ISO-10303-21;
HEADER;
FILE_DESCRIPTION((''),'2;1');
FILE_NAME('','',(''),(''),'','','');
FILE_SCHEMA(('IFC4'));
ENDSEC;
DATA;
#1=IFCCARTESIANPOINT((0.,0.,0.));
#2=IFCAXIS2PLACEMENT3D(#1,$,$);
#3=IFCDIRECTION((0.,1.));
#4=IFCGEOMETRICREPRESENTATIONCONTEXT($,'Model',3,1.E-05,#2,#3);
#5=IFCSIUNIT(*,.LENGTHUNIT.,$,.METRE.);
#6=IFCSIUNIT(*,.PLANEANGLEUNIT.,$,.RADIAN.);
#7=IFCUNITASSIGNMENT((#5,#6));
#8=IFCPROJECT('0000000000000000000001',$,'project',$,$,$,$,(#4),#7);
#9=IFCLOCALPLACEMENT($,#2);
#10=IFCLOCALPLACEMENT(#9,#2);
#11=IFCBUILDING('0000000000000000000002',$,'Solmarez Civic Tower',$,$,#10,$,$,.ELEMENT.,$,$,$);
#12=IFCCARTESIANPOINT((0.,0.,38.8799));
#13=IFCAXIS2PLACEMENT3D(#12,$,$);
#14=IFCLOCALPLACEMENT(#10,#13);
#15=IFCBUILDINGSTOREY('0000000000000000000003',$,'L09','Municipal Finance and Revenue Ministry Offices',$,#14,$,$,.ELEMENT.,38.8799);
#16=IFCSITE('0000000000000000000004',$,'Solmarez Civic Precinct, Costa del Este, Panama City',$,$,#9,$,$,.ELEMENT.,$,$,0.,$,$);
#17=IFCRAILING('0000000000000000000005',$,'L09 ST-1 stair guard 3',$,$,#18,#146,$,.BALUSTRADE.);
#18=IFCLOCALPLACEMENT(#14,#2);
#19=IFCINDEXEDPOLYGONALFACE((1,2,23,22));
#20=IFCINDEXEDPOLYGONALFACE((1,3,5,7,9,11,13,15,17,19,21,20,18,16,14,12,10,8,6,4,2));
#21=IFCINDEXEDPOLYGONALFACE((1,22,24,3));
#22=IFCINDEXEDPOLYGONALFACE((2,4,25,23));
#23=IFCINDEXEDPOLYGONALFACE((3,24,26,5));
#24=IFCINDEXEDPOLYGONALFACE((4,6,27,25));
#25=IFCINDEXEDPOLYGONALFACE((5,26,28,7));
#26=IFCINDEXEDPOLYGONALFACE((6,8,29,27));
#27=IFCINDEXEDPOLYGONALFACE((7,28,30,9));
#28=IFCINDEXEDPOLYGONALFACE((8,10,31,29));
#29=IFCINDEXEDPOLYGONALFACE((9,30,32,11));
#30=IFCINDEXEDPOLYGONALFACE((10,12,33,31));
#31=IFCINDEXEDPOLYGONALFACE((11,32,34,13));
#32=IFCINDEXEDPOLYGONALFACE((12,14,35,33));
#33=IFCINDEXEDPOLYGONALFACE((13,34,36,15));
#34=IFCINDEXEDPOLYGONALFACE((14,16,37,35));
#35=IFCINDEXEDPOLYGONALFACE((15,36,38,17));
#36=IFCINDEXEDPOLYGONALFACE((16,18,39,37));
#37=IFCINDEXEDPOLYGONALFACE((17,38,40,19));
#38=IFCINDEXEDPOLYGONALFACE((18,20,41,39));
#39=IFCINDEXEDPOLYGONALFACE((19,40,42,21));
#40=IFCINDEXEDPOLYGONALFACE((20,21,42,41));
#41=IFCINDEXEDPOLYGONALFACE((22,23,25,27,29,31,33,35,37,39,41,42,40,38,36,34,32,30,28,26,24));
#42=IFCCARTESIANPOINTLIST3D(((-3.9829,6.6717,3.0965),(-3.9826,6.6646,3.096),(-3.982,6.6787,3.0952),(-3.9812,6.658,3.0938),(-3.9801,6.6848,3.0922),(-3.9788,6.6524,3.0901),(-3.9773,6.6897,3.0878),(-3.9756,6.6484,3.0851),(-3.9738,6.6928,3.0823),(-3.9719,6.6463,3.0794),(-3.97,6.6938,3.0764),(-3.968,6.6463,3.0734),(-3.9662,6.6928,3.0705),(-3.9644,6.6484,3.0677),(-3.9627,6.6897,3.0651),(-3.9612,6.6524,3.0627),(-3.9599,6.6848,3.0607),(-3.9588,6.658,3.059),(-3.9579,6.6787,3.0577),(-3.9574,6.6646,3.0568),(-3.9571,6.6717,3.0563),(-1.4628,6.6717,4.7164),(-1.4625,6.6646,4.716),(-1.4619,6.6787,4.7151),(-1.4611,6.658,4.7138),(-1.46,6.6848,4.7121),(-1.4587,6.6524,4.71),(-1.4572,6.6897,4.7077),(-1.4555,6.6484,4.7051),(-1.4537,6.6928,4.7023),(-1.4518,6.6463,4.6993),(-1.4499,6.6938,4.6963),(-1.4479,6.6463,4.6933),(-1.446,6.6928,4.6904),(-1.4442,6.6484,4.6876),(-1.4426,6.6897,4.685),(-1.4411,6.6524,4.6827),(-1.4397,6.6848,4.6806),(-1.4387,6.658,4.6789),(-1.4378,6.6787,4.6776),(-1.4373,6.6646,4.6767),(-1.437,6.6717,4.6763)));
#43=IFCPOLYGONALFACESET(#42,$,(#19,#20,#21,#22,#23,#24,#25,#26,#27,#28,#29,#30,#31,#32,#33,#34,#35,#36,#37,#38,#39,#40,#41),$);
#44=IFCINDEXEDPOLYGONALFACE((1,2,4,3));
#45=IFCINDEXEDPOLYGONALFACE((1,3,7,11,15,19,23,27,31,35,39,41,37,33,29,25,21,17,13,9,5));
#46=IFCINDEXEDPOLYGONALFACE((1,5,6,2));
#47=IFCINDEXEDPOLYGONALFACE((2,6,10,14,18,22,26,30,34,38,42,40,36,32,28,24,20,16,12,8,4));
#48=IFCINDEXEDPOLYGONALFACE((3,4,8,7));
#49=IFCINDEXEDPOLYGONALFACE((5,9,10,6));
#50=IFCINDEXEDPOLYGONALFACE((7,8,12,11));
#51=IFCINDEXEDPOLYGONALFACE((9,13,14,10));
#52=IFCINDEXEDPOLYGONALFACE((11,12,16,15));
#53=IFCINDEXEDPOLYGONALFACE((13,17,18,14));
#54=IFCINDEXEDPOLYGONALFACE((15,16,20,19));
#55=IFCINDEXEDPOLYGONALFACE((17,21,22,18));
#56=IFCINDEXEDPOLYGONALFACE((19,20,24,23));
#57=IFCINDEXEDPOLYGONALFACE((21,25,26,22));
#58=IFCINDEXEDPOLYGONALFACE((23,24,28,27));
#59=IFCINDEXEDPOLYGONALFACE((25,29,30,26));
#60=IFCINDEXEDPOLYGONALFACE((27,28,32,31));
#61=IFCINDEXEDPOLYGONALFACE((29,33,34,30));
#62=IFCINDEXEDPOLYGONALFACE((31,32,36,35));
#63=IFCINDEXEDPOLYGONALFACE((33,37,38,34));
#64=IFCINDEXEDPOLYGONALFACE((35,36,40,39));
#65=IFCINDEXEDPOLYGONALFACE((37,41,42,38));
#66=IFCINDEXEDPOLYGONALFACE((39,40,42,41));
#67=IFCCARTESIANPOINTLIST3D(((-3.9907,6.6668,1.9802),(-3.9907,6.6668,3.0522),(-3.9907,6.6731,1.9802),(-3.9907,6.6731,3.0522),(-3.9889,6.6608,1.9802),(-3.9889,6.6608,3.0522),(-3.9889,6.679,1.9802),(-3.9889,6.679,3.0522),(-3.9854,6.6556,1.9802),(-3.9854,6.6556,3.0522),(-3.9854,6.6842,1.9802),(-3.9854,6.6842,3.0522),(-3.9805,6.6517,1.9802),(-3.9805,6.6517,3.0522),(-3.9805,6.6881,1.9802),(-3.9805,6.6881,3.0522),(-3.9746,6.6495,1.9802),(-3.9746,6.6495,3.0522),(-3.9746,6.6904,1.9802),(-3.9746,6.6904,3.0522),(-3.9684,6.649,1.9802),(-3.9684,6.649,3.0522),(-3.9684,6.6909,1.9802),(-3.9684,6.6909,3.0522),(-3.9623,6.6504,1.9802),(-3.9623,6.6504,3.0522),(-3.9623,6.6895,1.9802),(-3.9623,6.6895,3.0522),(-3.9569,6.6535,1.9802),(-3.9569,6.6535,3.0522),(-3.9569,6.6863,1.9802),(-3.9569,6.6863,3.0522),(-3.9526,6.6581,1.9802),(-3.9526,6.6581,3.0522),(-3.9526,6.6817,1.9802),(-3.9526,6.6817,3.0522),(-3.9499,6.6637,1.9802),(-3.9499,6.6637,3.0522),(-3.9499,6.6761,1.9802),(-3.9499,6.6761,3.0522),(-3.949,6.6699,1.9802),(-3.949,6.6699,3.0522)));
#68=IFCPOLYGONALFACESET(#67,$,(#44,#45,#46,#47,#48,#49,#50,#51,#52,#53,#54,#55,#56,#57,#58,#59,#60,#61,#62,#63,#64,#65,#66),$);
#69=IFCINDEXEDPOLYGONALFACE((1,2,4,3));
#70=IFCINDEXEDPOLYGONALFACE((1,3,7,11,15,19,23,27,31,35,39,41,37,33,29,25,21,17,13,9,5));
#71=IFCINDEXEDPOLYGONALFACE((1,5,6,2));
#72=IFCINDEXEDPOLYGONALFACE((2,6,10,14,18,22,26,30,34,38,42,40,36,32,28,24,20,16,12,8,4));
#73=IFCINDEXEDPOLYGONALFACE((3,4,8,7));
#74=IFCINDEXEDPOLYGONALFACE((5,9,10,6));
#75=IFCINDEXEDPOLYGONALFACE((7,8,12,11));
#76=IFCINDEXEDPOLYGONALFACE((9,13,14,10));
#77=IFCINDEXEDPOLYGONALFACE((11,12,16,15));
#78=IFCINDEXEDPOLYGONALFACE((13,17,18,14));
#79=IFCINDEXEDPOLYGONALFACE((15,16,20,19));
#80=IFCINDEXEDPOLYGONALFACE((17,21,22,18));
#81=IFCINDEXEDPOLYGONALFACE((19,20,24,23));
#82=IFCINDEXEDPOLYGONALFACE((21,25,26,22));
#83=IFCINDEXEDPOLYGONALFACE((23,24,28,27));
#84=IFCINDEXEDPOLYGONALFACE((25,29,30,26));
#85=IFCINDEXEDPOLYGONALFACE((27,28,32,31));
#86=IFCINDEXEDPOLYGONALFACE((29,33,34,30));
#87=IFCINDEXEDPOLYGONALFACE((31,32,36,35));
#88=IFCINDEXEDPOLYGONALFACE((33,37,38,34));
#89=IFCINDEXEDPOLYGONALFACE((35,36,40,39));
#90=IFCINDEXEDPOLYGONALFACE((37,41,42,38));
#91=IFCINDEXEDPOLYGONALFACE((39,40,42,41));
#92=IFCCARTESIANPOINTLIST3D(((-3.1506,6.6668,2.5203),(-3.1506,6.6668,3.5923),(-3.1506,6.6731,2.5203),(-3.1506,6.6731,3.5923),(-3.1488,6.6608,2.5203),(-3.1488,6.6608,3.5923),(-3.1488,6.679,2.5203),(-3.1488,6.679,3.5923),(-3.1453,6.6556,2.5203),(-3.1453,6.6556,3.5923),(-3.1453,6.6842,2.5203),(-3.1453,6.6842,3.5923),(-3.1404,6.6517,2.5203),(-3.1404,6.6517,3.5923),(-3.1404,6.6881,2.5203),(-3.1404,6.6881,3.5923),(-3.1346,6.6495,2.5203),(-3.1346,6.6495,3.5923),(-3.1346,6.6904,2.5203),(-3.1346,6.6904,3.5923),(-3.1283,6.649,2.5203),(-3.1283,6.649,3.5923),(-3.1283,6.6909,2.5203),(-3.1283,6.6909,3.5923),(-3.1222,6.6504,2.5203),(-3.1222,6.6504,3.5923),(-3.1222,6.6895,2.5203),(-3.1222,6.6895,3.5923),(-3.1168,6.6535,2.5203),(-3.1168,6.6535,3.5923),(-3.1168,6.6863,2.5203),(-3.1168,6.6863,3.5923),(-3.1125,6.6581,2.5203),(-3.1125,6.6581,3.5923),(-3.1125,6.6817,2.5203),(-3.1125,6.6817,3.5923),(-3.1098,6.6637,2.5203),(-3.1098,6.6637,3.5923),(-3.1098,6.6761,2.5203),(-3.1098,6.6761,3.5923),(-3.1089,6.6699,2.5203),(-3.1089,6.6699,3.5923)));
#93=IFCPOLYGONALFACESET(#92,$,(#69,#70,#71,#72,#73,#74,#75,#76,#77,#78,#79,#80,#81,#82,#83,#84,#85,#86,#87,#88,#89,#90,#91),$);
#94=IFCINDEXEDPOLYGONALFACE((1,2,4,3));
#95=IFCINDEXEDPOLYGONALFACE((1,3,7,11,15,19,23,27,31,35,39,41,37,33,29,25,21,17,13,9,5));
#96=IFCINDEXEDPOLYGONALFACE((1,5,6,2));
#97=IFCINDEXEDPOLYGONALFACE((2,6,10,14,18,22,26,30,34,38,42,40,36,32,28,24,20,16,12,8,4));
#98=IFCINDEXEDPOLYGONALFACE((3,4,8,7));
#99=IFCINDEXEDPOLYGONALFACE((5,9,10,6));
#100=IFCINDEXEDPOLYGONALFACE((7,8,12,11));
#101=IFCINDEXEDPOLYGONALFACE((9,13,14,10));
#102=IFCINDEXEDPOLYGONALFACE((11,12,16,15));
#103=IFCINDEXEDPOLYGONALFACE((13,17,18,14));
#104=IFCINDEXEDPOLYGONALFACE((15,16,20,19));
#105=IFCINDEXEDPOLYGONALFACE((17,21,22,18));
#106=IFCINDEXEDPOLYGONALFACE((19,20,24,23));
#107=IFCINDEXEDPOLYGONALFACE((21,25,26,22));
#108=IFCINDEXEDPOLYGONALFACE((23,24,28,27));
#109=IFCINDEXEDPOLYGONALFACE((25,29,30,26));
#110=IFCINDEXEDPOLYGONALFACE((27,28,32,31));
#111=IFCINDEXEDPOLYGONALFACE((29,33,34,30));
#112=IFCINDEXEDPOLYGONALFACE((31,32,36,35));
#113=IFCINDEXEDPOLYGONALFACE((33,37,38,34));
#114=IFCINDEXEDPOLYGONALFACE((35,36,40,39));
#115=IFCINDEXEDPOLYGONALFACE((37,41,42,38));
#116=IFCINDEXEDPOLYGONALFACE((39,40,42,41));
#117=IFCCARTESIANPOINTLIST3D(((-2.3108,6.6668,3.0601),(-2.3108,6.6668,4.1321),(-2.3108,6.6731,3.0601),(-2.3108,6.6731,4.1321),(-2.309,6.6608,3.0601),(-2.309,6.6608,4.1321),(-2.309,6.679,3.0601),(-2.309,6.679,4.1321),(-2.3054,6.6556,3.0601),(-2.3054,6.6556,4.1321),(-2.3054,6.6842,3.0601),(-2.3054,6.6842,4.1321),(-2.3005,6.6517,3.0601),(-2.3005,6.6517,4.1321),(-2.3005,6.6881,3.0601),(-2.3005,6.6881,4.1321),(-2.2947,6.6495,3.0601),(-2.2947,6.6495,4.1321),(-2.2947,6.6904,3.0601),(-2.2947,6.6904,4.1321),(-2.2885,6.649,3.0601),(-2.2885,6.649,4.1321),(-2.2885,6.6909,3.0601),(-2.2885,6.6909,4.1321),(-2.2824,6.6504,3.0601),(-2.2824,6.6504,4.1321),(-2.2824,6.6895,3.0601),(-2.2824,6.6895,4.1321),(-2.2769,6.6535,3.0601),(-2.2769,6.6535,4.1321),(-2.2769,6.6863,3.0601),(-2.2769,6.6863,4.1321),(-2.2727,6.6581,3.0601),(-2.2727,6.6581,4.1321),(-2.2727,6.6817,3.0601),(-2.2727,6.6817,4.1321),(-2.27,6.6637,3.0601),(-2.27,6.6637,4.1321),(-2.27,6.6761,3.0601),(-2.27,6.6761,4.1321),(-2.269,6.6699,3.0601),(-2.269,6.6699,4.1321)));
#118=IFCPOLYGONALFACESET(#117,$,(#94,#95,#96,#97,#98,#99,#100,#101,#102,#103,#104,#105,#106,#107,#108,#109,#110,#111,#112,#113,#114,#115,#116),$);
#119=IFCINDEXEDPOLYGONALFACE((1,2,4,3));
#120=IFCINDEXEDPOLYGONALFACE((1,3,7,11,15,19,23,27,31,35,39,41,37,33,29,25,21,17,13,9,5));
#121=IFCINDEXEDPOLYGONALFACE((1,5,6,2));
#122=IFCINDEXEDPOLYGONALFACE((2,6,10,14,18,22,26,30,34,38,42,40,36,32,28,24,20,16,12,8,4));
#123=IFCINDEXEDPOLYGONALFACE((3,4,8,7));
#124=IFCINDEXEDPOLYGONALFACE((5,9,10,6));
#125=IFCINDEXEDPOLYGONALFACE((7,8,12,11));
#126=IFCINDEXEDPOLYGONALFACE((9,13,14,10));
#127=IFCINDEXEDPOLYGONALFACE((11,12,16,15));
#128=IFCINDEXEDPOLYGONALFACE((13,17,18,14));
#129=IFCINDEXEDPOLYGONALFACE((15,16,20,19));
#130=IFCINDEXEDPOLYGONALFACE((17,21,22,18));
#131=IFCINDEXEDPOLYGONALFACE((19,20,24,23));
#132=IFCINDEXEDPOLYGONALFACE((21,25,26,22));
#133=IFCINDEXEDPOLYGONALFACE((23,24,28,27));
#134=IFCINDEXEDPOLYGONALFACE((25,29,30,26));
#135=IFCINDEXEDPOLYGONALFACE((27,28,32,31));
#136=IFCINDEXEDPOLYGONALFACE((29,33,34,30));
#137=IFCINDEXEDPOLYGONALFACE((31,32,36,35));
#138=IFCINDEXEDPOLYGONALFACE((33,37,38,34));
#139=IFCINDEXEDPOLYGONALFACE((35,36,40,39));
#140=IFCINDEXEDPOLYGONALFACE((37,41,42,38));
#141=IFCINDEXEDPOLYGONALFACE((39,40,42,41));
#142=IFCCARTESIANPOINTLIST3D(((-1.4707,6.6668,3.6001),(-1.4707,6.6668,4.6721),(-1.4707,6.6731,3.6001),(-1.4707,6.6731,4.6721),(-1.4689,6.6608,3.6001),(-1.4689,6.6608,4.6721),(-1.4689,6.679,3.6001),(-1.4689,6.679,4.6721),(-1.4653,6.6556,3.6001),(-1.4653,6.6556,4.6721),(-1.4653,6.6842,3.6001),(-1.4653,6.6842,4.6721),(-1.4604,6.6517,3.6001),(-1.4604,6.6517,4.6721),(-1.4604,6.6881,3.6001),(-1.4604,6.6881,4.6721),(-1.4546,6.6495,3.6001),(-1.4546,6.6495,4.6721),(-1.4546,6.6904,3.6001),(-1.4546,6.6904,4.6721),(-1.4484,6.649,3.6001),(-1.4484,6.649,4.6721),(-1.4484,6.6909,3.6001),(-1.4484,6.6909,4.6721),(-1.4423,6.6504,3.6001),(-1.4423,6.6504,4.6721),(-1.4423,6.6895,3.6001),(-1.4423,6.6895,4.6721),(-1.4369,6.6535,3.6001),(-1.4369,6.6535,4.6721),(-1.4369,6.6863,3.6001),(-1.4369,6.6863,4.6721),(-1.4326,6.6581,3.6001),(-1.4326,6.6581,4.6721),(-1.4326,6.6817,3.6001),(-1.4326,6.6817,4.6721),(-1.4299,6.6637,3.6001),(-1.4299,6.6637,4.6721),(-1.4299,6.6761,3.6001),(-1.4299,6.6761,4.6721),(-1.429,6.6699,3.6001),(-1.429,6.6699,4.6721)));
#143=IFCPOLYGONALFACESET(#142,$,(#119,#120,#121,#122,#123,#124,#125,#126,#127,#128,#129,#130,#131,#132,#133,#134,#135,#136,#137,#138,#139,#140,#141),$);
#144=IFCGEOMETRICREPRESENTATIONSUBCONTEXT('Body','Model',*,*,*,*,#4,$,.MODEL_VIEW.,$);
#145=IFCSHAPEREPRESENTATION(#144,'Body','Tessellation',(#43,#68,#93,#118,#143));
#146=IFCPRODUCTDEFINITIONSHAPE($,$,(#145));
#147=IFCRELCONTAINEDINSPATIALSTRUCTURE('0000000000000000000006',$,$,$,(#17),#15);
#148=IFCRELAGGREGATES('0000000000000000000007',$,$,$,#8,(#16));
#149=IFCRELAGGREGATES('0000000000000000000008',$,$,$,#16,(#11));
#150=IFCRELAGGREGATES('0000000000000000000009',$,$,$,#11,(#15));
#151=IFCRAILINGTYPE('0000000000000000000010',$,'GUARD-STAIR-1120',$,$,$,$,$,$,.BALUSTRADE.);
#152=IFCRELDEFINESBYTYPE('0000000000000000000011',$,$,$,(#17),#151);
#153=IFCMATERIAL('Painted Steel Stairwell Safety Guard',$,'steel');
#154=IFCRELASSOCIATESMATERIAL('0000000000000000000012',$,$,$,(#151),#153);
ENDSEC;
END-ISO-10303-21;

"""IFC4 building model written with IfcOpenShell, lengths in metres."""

from ifc_helpers import new_model, si_unit, direction, frame, origin, origin_2d, place, context, subcontext, project, spatial, circle, extrude, material, type_object, element, save


model = new_model("IFC4")

# Units and contexts
model_context = context("Model", 3, precision=1e-05, world=origin(), true_north=direction((0.0, 1.0)))
body_context = subcontext(model_context, "Body", "Model", "MODEL_VIEW")
ifc_project = project(units=[si_unit("LENGTHUNIT", "METRE"), si_unit("PLANEANGLEUNIT", "RADIAN")], contexts=[model_context])

# Site, building, storey
site_placement = place(None, origin())
site = spatial("IfcSite", under=ifc_project, at=site_placement, Name="Solmarez Civic Precinct, Costa del Este, Panama City", CompositionType="ELEMENT", RefElevation=0.0)
building_placement = place(site_placement, origin())
building = spatial("IfcBuilding", under=site, at=building_placement, Name="Solmarez Civic Tower", CompositionType="ELEMENT")
storey_placement = place(building_placement, frame((0.0, 0.0, 38.8799)))
storey = spatial("IfcBuildingStorey", under=building, at=storey_placement, Name="L09", Description="Municipal Finance and Revenue Ministry Offices", CompositionType="ELEMENT", Elevation=38.8799)

# Railing
ifc_material_1 = material(Name="Painted Steel Stairwell Safety Guard", Category="steel")
railing_type_1 = type_object("IfcRailingType", Name="GUARD-STAIR-1120", PredefinedType="BALUSTRADE", material=ifc_material_1)
railing_1_placement = place(storey_placement, frame((-3.97, 6.6699, 1.9802)))
element("IfcRailing", 1, at=railing_1_placement, inside=storey, type_object=railing_type_1, Name="L09 ST-1 stair guard 3", PredefinedType="BALUSTRADE", context=body_context, shape_type="SweptSolid", body=[
    extrude(circle(Radius=0.0239, at=origin_2d()), frame((0.0, 0.0, 1.0962), z_axis=(0.8412, 0.0, 0.540725), x_axis=(0.0, 1.0, 0.0)), (0.0, 0.0, 1.0), 2.9958),
    extrude(circle(Radius=0.021, at=origin_2d()), origin(), (0.0, 0.0, 1.0), 1.072),
    extrude(circle(Radius=0.021, at=origin_2d()), frame((0.8401, 0.0, 0.54)), (0.0, 0.0, 1.0), 1.072),
    extrude(circle(Radius=0.021, at=origin_2d()), frame((1.6799, 0.0, 1.0798)), (0.0, 0.0, 1.0), 1.072),
    extrude(circle(Radius=0.021, at=origin_2d()), frame((2.52, 0.0, 1.6199)), (0.0, 0.0, 1.0), 1.072),
])

save(model, "model.ifc")
